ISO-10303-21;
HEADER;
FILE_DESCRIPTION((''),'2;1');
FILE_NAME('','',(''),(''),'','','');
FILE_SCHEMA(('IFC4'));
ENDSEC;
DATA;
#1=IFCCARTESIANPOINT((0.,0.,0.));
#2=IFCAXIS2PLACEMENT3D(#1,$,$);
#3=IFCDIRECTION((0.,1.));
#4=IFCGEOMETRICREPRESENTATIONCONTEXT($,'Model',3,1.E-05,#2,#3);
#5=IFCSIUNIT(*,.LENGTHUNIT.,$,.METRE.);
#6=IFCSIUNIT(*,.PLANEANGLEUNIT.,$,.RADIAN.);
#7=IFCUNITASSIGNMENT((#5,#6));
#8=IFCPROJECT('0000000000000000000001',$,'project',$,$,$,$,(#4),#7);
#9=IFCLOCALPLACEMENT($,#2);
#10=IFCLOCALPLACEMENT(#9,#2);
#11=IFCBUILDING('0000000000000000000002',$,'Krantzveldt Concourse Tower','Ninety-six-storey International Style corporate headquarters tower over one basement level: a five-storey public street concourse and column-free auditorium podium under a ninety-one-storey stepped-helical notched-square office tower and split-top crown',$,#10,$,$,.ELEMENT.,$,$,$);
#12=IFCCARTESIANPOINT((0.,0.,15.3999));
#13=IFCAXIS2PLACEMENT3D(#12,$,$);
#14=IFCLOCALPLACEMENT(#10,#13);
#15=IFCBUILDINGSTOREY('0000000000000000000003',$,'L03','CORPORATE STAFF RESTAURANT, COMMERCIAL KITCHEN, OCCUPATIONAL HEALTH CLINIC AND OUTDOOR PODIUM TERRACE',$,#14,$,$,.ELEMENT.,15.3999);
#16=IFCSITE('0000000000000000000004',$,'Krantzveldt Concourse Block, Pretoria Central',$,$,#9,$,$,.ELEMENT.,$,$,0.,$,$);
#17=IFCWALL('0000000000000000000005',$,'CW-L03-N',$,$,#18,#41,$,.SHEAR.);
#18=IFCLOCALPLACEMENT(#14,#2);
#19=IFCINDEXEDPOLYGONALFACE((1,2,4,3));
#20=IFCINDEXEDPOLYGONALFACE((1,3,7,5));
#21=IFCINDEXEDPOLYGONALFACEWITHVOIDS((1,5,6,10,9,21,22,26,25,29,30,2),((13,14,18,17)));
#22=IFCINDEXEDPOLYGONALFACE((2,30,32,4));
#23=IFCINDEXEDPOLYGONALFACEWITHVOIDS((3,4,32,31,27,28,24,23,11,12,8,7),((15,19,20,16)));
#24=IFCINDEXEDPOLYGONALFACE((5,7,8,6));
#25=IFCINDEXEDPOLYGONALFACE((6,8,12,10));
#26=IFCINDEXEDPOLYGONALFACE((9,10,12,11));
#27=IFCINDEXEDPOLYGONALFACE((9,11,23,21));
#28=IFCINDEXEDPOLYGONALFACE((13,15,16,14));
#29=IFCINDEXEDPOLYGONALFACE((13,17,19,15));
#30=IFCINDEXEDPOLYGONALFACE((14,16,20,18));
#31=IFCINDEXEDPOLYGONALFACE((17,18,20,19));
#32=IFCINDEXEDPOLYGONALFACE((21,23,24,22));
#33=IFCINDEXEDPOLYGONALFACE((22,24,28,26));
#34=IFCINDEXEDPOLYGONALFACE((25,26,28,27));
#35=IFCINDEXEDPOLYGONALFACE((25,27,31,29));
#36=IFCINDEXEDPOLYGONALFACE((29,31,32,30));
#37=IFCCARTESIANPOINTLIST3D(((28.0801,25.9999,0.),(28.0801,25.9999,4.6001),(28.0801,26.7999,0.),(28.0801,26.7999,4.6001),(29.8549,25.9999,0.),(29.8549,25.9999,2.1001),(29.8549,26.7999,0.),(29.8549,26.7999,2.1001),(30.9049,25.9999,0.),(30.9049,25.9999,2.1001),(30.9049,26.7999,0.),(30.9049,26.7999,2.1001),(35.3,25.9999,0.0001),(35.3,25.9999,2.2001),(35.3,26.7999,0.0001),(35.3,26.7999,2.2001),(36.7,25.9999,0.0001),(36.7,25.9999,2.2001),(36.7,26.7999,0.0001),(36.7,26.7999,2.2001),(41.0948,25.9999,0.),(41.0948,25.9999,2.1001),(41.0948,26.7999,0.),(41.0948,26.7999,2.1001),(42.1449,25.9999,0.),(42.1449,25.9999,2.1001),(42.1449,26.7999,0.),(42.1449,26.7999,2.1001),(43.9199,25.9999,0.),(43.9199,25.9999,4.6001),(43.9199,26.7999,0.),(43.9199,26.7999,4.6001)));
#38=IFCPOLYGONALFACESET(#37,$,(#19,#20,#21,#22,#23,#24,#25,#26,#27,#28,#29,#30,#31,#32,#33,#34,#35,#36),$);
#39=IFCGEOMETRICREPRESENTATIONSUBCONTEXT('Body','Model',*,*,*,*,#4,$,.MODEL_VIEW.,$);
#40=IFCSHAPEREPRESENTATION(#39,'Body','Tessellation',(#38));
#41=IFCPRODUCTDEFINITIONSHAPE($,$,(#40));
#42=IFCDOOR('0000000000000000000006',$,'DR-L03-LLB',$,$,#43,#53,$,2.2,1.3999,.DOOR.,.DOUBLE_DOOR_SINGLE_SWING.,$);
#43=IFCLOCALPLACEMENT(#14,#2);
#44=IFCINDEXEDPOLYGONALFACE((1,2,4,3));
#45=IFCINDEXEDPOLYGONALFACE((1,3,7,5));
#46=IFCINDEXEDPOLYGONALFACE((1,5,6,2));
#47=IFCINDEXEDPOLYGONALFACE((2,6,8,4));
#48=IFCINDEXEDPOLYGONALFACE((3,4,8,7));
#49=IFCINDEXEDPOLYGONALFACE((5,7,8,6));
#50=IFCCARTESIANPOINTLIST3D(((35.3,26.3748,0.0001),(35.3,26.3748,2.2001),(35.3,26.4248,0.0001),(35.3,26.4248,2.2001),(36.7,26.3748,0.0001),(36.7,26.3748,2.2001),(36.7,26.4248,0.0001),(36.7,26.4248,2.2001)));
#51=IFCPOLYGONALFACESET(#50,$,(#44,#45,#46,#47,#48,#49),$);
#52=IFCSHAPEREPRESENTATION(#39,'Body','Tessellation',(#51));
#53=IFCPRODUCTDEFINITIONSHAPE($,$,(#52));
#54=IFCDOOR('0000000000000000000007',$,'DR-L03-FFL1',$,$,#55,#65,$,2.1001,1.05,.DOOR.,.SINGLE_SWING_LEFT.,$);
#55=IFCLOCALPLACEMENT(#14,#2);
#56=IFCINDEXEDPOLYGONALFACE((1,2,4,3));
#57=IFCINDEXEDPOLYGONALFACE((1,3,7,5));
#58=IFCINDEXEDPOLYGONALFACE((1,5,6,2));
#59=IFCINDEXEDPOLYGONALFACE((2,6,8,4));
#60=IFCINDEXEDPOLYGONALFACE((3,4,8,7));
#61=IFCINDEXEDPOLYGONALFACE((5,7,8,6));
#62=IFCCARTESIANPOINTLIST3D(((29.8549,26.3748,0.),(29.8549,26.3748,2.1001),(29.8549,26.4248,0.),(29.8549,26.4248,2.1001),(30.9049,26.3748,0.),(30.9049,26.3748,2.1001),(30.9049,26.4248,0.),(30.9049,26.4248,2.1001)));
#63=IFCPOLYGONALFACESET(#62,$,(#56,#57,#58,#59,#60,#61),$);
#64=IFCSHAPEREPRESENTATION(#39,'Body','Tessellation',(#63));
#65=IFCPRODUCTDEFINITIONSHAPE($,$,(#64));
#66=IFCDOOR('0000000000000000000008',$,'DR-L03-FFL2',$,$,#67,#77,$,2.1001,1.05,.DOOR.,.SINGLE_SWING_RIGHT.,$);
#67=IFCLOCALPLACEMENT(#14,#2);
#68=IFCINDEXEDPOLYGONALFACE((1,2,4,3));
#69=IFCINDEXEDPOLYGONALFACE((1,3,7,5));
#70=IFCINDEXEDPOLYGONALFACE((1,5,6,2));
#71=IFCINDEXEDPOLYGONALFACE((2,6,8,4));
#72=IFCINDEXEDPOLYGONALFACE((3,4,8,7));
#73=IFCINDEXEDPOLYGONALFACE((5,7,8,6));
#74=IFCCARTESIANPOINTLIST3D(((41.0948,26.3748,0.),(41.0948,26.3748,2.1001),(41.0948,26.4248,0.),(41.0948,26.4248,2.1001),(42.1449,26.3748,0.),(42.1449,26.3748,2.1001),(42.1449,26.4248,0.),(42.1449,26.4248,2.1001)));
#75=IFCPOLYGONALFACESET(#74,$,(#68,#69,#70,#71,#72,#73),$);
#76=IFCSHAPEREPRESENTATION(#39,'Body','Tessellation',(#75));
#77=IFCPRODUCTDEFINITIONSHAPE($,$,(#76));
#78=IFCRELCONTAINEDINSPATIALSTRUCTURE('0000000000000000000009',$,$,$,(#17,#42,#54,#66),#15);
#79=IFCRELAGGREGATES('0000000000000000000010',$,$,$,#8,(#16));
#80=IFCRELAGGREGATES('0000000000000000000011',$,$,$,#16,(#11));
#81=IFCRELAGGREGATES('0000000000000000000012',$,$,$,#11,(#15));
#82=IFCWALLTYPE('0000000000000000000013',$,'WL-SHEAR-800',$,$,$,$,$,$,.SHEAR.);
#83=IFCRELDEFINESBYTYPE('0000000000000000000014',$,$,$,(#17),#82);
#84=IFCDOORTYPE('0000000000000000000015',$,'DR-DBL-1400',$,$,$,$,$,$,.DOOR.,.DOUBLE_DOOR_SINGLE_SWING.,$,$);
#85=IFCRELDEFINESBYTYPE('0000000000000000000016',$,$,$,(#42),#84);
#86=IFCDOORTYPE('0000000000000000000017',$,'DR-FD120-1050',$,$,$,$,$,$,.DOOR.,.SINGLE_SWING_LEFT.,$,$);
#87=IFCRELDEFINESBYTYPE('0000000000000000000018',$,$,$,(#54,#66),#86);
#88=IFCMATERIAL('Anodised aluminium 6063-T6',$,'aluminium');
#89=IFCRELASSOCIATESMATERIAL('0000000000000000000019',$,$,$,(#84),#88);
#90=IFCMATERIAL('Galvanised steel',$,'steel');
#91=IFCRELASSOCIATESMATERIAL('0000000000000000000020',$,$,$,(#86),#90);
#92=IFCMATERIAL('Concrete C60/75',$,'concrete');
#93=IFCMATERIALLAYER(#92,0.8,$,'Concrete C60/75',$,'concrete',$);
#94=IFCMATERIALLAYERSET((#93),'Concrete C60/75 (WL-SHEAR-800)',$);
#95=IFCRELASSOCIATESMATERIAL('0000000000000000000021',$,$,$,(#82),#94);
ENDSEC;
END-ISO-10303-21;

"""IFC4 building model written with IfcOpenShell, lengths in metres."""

from ifc_helpers import new_model, si_unit, direction, frame, frame_2d, origin, place, context, subcontext, project, spatial, rectangle, extrude, material, layer, layer_set, type_object, element, fill, save


model = new_model("IFC4")

# Units and contexts
model_context = context("Model", 3, precision=1e-05, world=origin(), true_north=direction((0.0, 1.0)))
body_context = subcontext(model_context, "Body", "Model", "MODEL_VIEW")
ifc_project = project(units=[si_unit("LENGTHUNIT", "METRE"), si_unit("PLANEANGLEUNIT", "RADIAN")], contexts=[model_context])

# Site, building, storey
site_placement = place(None, origin())
site = spatial("IfcSite", under=ifc_project, at=site_placement, Name="Krantzveldt Concourse Block, Pretoria Central", CompositionType="ELEMENT", RefElevation=0.0)
building_placement = place(site_placement, origin())
building = spatial("IfcBuilding", under=site, at=building_placement, Name="Krantzveldt Concourse Tower", Description="Ninety-six-storey International Style corporate headquarters tower over one basement level: a five-storey public street concourse and column-free auditorium podium under a ninety-one-storey stepped-helical notched-square office tower and split-top crown", CompositionType="ELEMENT")
storey_placement = place(building_placement, frame((0.0, 0.0, 15.3999)))
storey = spatial("IfcBuildingStorey", under=building, at=storey_placement, Name="L03", Description="CORPORATE STAFF RESTAURANT, COMMERCIAL KITCHEN, OCCUPATIONAL HEALTH CLINIC AND OUTDOOR PODIUM TERRACE", CompositionType="ELEMENT", Elevation=15.3999)

# Shared definitions
ifc_material_1 = material(Name="Concrete C60/75", Category="concrete")

# Shared definitions
ifc_material_2 = material(Name="Anodised aluminium 6063-T6", Category="aluminium")
door_type_1 = type_object("IfcDoorType", Name="DR-DBL-1400", OperationType="DOUBLE_DOOR_SINGLE_SWING", PredefinedType="DOOR", material=ifc_material_2)

# Shared definitions
ifc_material_3 = material(Name="Galvanised steel", Category="steel")
door_type_2 = type_object("IfcDoorType", Name="DR-FD120-1050", OperationType="SINGLE_SWING_LEFT", PredefinedType="DOOR", material=ifc_material_3)

# Wall, openings, doors
ifc_layer_1 = layer(ifc_material_1, 0.8, Name="Concrete C60/75", Category="concrete")
ifc_layer_set_1 = layer_set([ifc_layer_1], Name="Concrete C60/75 (WL-SHEAR-800)")
wall_type_1 = type_object("IfcWallType", Name="WL-SHEAR-800", PredefinedType="SHEAR", material=ifc_layer_set_1)
wall_1_placement = place(storey_placement, frame((28.0801, 26.3999, 0.0), z_axis=(0.0, 0.0, 1.0), x_axis=(1.0, 0.0, 0.0)))
wall_1 = element("IfcWall", 1, at=wall_1_placement, inside=storey, type_object=wall_type_1, Name="CW-L03-N", PredefinedType="SHEAR", context=body_context, shape_type="SweptSolid", body=[
    extrude(rectangle(XDim=15.8398, YDim=0.8, at=frame_2d((7.9199, 0.0))), origin(), (0.0, 0.0, 1.0), 4.6001),
])
opening_1_placement = place(wall_1_placement, frame((7.22, 0.0, 0.0)))
opening_1 = element("IfcOpeningElement", 2, at=opening_1_placement, cuts=wall_1, PredefinedType="OPENING", context=body_context, shape_type="SweptSolid", body=[
    extrude(rectangle(XDim=1.3999, YDim=2.2, at=frame_2d((0.7, 1.1001))), frame((0.0, 0.4102, 0.0), z_axis=(0.0, -1.0, 0.0), x_axis=(1.0, 0.0, 0.0)), (0.0, 0.0, 1.0), 0.8201),
])
opening_2_placement = place(wall_1_placement, frame((1.7749, 0.0, 0.0)))
opening_2 = element("IfcOpeningElement", 3, at=opening_2_placement, cuts=wall_1, PredefinedType="OPENING", context=body_context, shape_type="SweptSolid", body=[
    extrude(rectangle(XDim=1.05, YDim=2.1001, at=frame_2d((0.5249, 1.05))), frame((0.0, 0.4102, 0.0), z_axis=(0.0, -1.0, 0.0), x_axis=(1.0, 0.0, 0.0)), (0.0, 0.0, 1.0), 0.8201),
])
opening_3_placement = place(wall_1_placement, frame((13.0149, 0.0, 0.0)))
opening_3 = element("IfcOpeningElement", 4, at=opening_3_placement, cuts=wall_1, PredefinedType="OPENING", context=body_context, shape_type="SweptSolid", body=[
    extrude(rectangle(XDim=1.05, YDim=2.1001, at=frame_2d((0.5249, 1.05))), frame((0.0, 0.4102, 0.0), z_axis=(0.0, -1.0, 0.0), x_axis=(1.0, 0.0, 0.0)), (0.0, 0.0, 1.0), 0.8201),
])
door_1_placement = place(opening_1_placement, origin())
door_1 = element("IfcDoor", 5, at=door_1_placement, inside=storey, type_object=door_type_1, Name="DR-L03-LLB", OperationType="DOUBLE_DOOR_SINGLE_SWING", OverallHeight=2.2, OverallWidth=1.3999, PredefinedType="DOOR", context=body_context, shape_type="SweptSolid", body=[
    extrude(rectangle(XDim=1.3999, YDim=2.2, at=frame_2d((0.7, 1.1001))), frame((0.0, 0.0249, 0.0), z_axis=(0.0, -1.0, 0.0), x_axis=(1.0, 0.0, 0.0)), (0.0, 0.0, 1.0), 0.05),
])
fill(opening_1, door_1)
door_2_placement = place(opening_2_placement, origin())
door_2 = element("IfcDoor", 6, at=door_2_placement, inside=storey, type_object=door_type_2, Name="DR-L03-FFL1", OperationType="SINGLE_SWING_LEFT", OverallHeight=2.1001, OverallWidth=1.05, PredefinedType="DOOR", context=body_context, shape_type="SweptSolid", body=[
    extrude(rectangle(XDim=1.05, YDim=2.1001, at=frame_2d((0.5249, 1.05))), frame((0.0, 0.0249, 0.0), z_axis=(0.0, -1.0, 0.0), x_axis=(1.0, 0.0, 0.0)), (0.0, 0.0, 1.0), 0.05),
])
fill(opening_2, door_2)
door_3_placement = place(opening_3_placement, origin())
door_3 = element("IfcDoor", 7, at=door_3_placement, inside=storey, type_object=door_type_2, Name="DR-L03-FFL2", OperationType="SINGLE_SWING_RIGHT", OverallHeight=2.1001, OverallWidth=1.05, PredefinedType="DOOR", context=body_context, shape_type="SweptSolid", body=[
    extrude(rectangle(XDim=1.05, YDim=2.1001, at=frame_2d((0.5249, 1.05))), frame((0.0, 0.0249, 0.0), z_axis=(0.0, -1.0, 0.0), x_axis=(1.0, 0.0, 0.0)), (0.0, 0.0, 1.0), 0.05),
])
fill(opening_3, door_3)

save(model, "model.ifc")
